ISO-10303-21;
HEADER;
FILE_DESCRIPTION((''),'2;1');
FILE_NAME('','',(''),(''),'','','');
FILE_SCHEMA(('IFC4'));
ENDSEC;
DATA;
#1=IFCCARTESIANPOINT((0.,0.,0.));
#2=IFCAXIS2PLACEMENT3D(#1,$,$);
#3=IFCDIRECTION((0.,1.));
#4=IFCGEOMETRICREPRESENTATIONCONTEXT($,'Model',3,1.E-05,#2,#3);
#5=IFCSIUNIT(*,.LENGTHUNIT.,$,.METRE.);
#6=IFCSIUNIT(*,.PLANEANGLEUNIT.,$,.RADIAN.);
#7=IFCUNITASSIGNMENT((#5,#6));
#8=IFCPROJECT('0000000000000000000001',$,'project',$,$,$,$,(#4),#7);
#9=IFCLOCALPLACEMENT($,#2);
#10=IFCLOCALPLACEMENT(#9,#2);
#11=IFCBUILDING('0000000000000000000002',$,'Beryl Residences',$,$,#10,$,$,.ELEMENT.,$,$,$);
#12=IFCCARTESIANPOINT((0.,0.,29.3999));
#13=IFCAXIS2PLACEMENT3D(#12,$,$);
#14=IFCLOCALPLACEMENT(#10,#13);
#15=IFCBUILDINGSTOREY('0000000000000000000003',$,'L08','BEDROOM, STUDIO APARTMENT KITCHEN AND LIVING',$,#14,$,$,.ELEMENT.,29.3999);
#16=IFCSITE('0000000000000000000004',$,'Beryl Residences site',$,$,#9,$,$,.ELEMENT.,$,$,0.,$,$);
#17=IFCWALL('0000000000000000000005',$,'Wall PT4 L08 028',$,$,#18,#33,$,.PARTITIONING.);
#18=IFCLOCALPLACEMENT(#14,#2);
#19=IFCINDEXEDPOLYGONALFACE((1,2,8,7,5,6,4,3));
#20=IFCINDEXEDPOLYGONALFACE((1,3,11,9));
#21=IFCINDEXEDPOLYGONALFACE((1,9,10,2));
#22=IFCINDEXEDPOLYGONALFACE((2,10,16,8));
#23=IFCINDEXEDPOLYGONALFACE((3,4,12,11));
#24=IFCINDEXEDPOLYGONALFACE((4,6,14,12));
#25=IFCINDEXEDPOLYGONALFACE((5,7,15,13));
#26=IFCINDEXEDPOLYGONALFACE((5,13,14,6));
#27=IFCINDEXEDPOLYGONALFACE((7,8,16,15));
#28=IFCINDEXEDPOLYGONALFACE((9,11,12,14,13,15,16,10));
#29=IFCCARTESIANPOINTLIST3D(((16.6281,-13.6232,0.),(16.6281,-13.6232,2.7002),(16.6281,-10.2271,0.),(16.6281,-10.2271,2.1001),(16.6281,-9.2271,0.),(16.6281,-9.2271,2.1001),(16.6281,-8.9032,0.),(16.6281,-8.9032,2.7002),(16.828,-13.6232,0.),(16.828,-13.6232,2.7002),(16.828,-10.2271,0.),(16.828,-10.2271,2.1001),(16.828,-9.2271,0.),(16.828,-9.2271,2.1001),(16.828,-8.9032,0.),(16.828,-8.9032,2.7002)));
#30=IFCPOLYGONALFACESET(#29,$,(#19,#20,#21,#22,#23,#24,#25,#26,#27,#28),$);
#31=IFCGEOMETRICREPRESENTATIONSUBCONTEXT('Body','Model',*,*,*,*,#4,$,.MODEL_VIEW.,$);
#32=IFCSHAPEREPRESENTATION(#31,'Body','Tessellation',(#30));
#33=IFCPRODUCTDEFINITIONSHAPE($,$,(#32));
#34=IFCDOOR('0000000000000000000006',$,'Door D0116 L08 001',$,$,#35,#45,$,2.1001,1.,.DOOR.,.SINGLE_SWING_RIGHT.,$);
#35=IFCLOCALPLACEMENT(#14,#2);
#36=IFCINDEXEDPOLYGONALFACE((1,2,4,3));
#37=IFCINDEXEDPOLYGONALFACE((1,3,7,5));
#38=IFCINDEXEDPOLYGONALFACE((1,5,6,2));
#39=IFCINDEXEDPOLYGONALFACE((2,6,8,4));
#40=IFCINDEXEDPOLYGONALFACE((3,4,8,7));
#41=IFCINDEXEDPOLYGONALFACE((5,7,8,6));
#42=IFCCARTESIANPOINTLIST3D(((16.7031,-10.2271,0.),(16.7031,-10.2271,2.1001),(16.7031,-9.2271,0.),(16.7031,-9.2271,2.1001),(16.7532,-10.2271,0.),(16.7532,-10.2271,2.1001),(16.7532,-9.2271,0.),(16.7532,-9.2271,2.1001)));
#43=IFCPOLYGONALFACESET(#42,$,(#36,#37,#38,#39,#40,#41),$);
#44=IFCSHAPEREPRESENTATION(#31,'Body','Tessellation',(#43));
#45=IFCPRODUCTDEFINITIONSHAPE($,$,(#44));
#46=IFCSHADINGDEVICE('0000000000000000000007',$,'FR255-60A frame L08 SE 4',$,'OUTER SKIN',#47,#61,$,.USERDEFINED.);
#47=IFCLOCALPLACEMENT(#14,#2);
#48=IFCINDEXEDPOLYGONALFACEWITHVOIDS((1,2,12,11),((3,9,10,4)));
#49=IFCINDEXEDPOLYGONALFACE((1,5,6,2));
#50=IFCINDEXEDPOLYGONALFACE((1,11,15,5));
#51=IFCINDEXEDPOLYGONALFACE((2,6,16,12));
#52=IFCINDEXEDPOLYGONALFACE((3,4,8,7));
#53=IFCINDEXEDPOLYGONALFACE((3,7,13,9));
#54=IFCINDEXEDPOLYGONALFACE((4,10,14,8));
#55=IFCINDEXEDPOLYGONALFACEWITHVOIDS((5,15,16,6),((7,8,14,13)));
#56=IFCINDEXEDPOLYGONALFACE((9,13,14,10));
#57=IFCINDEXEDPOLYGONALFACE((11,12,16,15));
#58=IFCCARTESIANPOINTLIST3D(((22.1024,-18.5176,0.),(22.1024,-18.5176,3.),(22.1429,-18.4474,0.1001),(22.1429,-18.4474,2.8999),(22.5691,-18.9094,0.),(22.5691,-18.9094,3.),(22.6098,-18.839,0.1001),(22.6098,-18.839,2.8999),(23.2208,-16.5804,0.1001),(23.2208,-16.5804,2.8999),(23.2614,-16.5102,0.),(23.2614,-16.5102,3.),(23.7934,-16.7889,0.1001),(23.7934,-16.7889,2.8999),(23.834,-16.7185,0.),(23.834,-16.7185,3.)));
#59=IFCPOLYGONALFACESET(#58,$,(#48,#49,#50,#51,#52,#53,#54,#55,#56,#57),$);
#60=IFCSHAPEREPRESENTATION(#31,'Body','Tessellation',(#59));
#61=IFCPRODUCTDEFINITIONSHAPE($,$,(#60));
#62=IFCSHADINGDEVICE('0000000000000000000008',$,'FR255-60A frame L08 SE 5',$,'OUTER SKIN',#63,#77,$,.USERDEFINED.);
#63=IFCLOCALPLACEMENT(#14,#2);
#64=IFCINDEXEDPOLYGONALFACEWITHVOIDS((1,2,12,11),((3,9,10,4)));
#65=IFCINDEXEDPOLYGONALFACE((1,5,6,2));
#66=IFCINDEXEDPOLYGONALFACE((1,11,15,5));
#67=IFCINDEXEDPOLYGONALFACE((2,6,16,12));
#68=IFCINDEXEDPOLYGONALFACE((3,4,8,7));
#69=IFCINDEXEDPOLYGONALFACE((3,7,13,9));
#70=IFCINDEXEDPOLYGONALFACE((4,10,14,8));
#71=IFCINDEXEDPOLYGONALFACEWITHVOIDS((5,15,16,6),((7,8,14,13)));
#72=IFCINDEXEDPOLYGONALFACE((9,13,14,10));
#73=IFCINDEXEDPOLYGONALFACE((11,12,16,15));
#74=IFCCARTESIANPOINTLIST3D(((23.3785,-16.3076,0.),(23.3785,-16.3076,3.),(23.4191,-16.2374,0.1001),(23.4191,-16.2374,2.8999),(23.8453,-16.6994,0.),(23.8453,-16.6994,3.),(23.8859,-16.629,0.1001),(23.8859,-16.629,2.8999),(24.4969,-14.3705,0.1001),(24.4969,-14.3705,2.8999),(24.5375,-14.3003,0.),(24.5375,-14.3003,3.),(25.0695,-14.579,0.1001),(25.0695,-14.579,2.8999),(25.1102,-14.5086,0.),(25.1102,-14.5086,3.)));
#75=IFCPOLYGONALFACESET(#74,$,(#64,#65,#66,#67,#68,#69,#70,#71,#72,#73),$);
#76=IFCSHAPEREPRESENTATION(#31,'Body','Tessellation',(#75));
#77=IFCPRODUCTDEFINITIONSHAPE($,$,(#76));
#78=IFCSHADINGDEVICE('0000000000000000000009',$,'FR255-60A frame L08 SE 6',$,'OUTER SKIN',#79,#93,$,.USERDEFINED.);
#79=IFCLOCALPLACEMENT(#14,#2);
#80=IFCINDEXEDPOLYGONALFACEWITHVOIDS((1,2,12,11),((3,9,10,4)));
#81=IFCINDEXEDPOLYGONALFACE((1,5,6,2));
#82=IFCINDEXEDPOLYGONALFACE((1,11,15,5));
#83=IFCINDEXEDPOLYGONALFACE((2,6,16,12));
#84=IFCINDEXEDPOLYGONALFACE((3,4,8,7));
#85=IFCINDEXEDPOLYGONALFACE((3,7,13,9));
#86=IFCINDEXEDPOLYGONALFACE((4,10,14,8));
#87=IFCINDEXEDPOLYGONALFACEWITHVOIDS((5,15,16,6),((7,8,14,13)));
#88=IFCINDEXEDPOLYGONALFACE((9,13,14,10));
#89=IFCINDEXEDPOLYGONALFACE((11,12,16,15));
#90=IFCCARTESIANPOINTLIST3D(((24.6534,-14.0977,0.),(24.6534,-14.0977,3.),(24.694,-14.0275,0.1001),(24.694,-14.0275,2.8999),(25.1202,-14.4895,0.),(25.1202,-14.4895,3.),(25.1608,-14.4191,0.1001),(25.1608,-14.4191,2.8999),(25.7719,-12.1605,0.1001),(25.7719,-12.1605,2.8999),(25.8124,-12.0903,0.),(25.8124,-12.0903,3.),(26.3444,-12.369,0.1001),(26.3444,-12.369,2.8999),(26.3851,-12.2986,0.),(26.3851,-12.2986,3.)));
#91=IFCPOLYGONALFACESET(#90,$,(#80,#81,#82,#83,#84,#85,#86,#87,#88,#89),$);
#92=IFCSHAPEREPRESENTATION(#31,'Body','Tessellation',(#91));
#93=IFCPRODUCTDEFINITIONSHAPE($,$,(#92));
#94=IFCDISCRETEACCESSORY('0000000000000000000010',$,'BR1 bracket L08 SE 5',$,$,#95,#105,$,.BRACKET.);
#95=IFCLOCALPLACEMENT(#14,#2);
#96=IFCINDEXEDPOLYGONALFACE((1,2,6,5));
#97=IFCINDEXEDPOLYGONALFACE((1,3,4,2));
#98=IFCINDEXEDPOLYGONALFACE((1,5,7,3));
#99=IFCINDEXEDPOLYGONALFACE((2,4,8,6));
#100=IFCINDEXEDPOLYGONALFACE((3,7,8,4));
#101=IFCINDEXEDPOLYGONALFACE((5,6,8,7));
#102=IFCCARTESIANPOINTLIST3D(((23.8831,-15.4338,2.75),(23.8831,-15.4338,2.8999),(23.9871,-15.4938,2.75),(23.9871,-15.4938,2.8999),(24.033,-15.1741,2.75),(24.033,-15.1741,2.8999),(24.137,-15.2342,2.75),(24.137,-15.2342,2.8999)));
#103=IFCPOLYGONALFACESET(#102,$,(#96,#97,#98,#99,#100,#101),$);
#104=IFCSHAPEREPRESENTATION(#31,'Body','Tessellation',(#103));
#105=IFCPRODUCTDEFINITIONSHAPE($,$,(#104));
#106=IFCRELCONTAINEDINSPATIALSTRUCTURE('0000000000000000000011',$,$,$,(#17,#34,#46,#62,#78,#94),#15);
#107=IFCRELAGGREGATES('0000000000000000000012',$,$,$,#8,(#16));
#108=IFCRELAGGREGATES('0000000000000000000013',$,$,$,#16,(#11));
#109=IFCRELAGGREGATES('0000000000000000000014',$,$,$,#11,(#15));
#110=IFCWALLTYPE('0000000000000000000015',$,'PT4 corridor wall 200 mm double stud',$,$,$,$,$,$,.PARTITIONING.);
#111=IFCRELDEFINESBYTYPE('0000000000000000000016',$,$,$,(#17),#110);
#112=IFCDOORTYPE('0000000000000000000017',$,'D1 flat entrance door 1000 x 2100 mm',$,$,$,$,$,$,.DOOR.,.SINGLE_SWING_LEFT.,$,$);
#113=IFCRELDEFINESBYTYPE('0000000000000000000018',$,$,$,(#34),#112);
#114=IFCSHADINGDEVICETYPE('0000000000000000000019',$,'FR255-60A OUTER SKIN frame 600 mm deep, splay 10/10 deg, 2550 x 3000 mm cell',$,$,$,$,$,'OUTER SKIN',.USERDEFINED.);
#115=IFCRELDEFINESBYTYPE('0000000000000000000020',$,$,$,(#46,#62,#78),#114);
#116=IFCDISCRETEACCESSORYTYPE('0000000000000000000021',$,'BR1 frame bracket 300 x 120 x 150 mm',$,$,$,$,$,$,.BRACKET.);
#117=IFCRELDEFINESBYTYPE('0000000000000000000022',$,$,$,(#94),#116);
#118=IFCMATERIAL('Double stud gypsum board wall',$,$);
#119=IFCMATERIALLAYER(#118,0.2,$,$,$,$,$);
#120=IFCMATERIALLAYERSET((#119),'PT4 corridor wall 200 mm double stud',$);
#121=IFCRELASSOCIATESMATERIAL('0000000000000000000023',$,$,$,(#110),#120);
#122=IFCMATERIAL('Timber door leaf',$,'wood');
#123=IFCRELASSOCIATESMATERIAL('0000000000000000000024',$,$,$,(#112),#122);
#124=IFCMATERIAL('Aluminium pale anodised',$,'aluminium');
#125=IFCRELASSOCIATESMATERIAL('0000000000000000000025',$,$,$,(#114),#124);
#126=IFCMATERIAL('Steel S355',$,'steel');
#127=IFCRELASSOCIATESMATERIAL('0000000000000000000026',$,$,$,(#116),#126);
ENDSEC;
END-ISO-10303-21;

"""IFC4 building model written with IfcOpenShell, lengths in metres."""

from ifc_helpers import new_model, entity, si_unit, direction, frame, frame_2d, origin, place, context, subcontext, project, spatial, polyline, rectangle, outline, extrude, source, transform, mapped, material, layer, layer_set, type_object, type_shapes, element, fill, save


model = new_model("IFC4")

# Units and contexts
model_context = context("Model", 3, precision=1e-05, world=origin(), true_north=direction((0.0, 1.0)))
body_context = subcontext(model_context, "Body", "Model", "MODEL_VIEW")
ifc_project = project(units=[si_unit("LENGTHUNIT", "METRE"), si_unit("PLANEANGLEUNIT", "RADIAN")], contexts=[model_context])

# Site, building, storey
site_placement = place(None, origin())
site = spatial("IfcSite", under=ifc_project, at=site_placement, Name="Beryl Residences site", CompositionType="ELEMENT", RefElevation=0.0)
building_placement = place(site_placement, origin())
building = spatial("IfcBuilding", under=site, at=building_placement, Name="Beryl Residences", CompositionType="ELEMENT")
storey_placement = place(building_placement, frame((0.0, 0.0, 29.3999)))
storey = spatial("IfcBuildingStorey", under=building, at=storey_placement, Name="L08", Description="BEDROOM, STUDIO APARTMENT KITCHEN AND LIVING", CompositionType="ELEMENT", Elevation=29.3999)

# Shared definitions
ifc_material_1 = material(Name="Double stud gypsum board wall")
ifc_layer_1 = layer(ifc_material_1, 0.2)
ifc_layer_set_1 = layer_set([ifc_layer_1], Name="PT4 corridor wall 200 mm double stud")
wall_type_1 = type_object("IfcWallType", Name="PT4 corridor wall 200 mm double stud", PredefinedType="PARTITIONING", material=ifc_layer_set_1)

# Wall, opening, door
wall_1_placement = place(storey_placement, frame((16.728, -13.623, 0.0), z_axis=(0.0, 0.0, 1.0), x_axis=(0.0, 1.0, 0.0)))
wall_1 = element("IfcWall", 1, at=wall_1_placement, inside=storey, type_object=wall_type_1, Name="Wall PT4 L08 028", PredefinedType="PARTITIONING", context=body_context, shape_type="SweptSolid", body=[
    extrude(rectangle(XDim=4.72, YDim=0.2, at=frame_2d((2.3599, 0.0))), origin(), (0.0, 0.0, 1.0), 2.7002),
])
opening_1_placement = place(wall_1_placement, frame((3.396, 0.0, 0.0)))
opening_1 = element("IfcOpeningElement", 2, at=opening_1_placement, cuts=wall_1, PredefinedType="OPENING", context=body_context, shape_type="SweptSolid", body=[
    extrude(rectangle(XDim=1.0, YDim=2.1001, at=frame_2d((0.5, 1.05))), frame((0.0, 0.1099, 0.0), z_axis=(0.0, -1.0, 0.0), x_axis=(1.0, 0.0, 0.0)), (0.0, 0.0, 1.0), 0.22),
])
ifc_material_2 = material(Name="Timber door leaf", Category="wood")
door_type_1 = type_object("IfcDoorType", Name="D1 flat entrance door 1000 x 2100 mm", OperationType="SINGLE_SWING_LEFT", PredefinedType="DOOR", material=ifc_material_2)
door_1_placement = place(opening_1_placement, origin())
door_1 = element("IfcDoor", 3, at=door_1_placement, inside=storey, type_object=door_type_1, Name="Door D0116 L08 001", OperationType="SINGLE_SWING_RIGHT", OverallHeight=2.1001, OverallWidth=1.0, PredefinedType="DOOR", context=body_context, shape_type="SweptSolid", body=[
    extrude(rectangle(XDim=1.0, YDim=2.1001, at=frame_2d((0.5, 1.05))), frame((0.0, 0.0249, 0.0), z_axis=(0.0, -1.0, 0.0), x_axis=(1.0, 0.0, 0.0)), (0.0, 0.0, 1.0), 0.05),
])
fill(opening_1, door_1)

# Shading devices
ifc_material_3 = material(Name="Aluminium pale anodised", Category="aluminium")
shading_device_type = type_object("IfcShadingDeviceType", Name="FR255-60A OUTER SKIN frame 600 mm deep, splay 10/10 deg, 2550 x 3000 mm cell", ElementType="OUTER SKIN", PredefinedType="USERDEFINED", material=ifc_material_3)
cartesian_point_1 = entity("IfcCartesianPoint", [-1.1589, 0.0])
cartesian_point_2 = entity("IfcCartesianPoint", [-1.0779, 0.1001])
cartesian_point_3 = entity("IfcCartesianPoint", [-1.2649, 0.0])
cartesian_point_4 = entity("IfcCartesianPoint", [-1.1836, 0.1001])
shared_shape_1 = source(origin(), body_context, "Body", "SweptSolid", [
    entity("IfcExtrudedAreaSolidTapered", entity("IfcArbitraryProfileDefWithVoids", "AREA", None, entity("IfcPolyline", [cartesian_point_1, entity("IfcCartesianPoint", [1.1589, 0.0]), entity("IfcCartesianPoint", [1.1589, 3.0]), entity("IfcCartesianPoint", [-1.1589, 3.0]), cartesian_point_1]), [entity("IfcPolyline", [cartesian_point_2, entity("IfcCartesianPoint", [1.0779, 0.1001]), entity("IfcCartesianPoint", [1.0779, 2.8999]), entity("IfcCartesianPoint", [-1.0779, 2.8999]), cartesian_point_2])]), entity("IfcAxis2Placement3D", entity("IfcCartesianPoint", [0.0, 0.0, 0.0]), entity("IfcDirection", [0.0, 1.0, 0.0]), entity("IfcDirection", [-1.0, 0.0, 0.0])), entity("IfcDirection", [0.0, 0.0, 1.0]), 0.6001, entity("IfcArbitraryProfileDefWithVoids", "AREA", None, entity("IfcPolyline", [cartesian_point_3, entity("IfcCartesianPoint", [1.2649, 0.0]), entity("IfcCartesianPoint", [1.2649, 3.0]), entity("IfcCartesianPoint", [-1.2649, 3.0]), cartesian_point_3]), [entity("IfcPolyline", [cartesian_point_4, entity("IfcCartesianPoint", [1.1836, 0.1001]), entity("IfcCartesianPoint", [1.1836, 2.8999]), entity("IfcCartesianPoint", [-1.1836, 2.8999]), cartesian_point_4])])),
])
type_shapes(shading_device_type, [shared_shape_1])
for number, where, z_axis, x_axis, name in (
    (4, (22.6819, -17.5139, 0.0), (0.0, 0.0, 1.0), (-0.5, -0.866025, 0.0), "FR255-60A frame L08 SE 4"),
    (5, (23.958, -15.304, 0.0), (0.0, 0.0, 1.0), (-0.5, -0.866025, 0.0), "FR255-60A frame L08 SE 5"),
    (6, (25.2329, -13.094, 0.0), (0.0, 0.0, 1.0), (-0.5, -0.866025, 0.0), "FR255-60A frame L08 SE 6"),
):
    element("IfcShadingDevice", number, at=place(storey_placement, frame(where, z_axis=z_axis, x_axis=x_axis)), inside=storey, type_object=shading_device_type, Name=name, ObjectType="OUTER SKIN", PredefinedType="USERDEFINED", context=body_context, shape_type="MappedRepresentation", body=[
        mapped(shared_shape_1, transform((0.0, 0.0, 0.0))),
    ])

# Discrete accessory
ifc_material_4 = material(Name="Steel S355", Category="steel")
discrete_accessory_type = type_object("IfcDiscreteAccessoryType", Name="BR1 frame bracket 300 x 120 x 150 mm", PredefinedType="BRACKET", material=ifc_material_4)
shared_shape_2 = source(origin(), body_context, "Body", "SweptSolid", [
    extrude(outline(polyline([(-0.1499, 0.0), (0.1499, 0.0), (0.1499, 0.1201), (-0.1499, 0.1201), (-0.1499, 0.0)])), origin(), (0.0, 0.0, 1.0), 0.1499),
])
type_shapes(discrete_accessory_type, [shared_shape_2])
discrete_accessory_placement = place(storey_placement, frame((23.958, -15.304, 2.75), z_axis=(0.0, 0.0, 1.0), x_axis=(-0.5, -0.866025, 0.0)))
element("IfcDiscreteAccessory", 7, at=discrete_accessory_placement, inside=storey, type_object=discrete_accessory_type, Name="BR1 bracket L08 SE 5", PredefinedType="BRACKET", context=body_context, shape_type="MappedRepresentation", body=[
    mapped(shared_shape_2, transform((0.0, 0.0, 0.0))),
])

save(model, "model.ifc")
